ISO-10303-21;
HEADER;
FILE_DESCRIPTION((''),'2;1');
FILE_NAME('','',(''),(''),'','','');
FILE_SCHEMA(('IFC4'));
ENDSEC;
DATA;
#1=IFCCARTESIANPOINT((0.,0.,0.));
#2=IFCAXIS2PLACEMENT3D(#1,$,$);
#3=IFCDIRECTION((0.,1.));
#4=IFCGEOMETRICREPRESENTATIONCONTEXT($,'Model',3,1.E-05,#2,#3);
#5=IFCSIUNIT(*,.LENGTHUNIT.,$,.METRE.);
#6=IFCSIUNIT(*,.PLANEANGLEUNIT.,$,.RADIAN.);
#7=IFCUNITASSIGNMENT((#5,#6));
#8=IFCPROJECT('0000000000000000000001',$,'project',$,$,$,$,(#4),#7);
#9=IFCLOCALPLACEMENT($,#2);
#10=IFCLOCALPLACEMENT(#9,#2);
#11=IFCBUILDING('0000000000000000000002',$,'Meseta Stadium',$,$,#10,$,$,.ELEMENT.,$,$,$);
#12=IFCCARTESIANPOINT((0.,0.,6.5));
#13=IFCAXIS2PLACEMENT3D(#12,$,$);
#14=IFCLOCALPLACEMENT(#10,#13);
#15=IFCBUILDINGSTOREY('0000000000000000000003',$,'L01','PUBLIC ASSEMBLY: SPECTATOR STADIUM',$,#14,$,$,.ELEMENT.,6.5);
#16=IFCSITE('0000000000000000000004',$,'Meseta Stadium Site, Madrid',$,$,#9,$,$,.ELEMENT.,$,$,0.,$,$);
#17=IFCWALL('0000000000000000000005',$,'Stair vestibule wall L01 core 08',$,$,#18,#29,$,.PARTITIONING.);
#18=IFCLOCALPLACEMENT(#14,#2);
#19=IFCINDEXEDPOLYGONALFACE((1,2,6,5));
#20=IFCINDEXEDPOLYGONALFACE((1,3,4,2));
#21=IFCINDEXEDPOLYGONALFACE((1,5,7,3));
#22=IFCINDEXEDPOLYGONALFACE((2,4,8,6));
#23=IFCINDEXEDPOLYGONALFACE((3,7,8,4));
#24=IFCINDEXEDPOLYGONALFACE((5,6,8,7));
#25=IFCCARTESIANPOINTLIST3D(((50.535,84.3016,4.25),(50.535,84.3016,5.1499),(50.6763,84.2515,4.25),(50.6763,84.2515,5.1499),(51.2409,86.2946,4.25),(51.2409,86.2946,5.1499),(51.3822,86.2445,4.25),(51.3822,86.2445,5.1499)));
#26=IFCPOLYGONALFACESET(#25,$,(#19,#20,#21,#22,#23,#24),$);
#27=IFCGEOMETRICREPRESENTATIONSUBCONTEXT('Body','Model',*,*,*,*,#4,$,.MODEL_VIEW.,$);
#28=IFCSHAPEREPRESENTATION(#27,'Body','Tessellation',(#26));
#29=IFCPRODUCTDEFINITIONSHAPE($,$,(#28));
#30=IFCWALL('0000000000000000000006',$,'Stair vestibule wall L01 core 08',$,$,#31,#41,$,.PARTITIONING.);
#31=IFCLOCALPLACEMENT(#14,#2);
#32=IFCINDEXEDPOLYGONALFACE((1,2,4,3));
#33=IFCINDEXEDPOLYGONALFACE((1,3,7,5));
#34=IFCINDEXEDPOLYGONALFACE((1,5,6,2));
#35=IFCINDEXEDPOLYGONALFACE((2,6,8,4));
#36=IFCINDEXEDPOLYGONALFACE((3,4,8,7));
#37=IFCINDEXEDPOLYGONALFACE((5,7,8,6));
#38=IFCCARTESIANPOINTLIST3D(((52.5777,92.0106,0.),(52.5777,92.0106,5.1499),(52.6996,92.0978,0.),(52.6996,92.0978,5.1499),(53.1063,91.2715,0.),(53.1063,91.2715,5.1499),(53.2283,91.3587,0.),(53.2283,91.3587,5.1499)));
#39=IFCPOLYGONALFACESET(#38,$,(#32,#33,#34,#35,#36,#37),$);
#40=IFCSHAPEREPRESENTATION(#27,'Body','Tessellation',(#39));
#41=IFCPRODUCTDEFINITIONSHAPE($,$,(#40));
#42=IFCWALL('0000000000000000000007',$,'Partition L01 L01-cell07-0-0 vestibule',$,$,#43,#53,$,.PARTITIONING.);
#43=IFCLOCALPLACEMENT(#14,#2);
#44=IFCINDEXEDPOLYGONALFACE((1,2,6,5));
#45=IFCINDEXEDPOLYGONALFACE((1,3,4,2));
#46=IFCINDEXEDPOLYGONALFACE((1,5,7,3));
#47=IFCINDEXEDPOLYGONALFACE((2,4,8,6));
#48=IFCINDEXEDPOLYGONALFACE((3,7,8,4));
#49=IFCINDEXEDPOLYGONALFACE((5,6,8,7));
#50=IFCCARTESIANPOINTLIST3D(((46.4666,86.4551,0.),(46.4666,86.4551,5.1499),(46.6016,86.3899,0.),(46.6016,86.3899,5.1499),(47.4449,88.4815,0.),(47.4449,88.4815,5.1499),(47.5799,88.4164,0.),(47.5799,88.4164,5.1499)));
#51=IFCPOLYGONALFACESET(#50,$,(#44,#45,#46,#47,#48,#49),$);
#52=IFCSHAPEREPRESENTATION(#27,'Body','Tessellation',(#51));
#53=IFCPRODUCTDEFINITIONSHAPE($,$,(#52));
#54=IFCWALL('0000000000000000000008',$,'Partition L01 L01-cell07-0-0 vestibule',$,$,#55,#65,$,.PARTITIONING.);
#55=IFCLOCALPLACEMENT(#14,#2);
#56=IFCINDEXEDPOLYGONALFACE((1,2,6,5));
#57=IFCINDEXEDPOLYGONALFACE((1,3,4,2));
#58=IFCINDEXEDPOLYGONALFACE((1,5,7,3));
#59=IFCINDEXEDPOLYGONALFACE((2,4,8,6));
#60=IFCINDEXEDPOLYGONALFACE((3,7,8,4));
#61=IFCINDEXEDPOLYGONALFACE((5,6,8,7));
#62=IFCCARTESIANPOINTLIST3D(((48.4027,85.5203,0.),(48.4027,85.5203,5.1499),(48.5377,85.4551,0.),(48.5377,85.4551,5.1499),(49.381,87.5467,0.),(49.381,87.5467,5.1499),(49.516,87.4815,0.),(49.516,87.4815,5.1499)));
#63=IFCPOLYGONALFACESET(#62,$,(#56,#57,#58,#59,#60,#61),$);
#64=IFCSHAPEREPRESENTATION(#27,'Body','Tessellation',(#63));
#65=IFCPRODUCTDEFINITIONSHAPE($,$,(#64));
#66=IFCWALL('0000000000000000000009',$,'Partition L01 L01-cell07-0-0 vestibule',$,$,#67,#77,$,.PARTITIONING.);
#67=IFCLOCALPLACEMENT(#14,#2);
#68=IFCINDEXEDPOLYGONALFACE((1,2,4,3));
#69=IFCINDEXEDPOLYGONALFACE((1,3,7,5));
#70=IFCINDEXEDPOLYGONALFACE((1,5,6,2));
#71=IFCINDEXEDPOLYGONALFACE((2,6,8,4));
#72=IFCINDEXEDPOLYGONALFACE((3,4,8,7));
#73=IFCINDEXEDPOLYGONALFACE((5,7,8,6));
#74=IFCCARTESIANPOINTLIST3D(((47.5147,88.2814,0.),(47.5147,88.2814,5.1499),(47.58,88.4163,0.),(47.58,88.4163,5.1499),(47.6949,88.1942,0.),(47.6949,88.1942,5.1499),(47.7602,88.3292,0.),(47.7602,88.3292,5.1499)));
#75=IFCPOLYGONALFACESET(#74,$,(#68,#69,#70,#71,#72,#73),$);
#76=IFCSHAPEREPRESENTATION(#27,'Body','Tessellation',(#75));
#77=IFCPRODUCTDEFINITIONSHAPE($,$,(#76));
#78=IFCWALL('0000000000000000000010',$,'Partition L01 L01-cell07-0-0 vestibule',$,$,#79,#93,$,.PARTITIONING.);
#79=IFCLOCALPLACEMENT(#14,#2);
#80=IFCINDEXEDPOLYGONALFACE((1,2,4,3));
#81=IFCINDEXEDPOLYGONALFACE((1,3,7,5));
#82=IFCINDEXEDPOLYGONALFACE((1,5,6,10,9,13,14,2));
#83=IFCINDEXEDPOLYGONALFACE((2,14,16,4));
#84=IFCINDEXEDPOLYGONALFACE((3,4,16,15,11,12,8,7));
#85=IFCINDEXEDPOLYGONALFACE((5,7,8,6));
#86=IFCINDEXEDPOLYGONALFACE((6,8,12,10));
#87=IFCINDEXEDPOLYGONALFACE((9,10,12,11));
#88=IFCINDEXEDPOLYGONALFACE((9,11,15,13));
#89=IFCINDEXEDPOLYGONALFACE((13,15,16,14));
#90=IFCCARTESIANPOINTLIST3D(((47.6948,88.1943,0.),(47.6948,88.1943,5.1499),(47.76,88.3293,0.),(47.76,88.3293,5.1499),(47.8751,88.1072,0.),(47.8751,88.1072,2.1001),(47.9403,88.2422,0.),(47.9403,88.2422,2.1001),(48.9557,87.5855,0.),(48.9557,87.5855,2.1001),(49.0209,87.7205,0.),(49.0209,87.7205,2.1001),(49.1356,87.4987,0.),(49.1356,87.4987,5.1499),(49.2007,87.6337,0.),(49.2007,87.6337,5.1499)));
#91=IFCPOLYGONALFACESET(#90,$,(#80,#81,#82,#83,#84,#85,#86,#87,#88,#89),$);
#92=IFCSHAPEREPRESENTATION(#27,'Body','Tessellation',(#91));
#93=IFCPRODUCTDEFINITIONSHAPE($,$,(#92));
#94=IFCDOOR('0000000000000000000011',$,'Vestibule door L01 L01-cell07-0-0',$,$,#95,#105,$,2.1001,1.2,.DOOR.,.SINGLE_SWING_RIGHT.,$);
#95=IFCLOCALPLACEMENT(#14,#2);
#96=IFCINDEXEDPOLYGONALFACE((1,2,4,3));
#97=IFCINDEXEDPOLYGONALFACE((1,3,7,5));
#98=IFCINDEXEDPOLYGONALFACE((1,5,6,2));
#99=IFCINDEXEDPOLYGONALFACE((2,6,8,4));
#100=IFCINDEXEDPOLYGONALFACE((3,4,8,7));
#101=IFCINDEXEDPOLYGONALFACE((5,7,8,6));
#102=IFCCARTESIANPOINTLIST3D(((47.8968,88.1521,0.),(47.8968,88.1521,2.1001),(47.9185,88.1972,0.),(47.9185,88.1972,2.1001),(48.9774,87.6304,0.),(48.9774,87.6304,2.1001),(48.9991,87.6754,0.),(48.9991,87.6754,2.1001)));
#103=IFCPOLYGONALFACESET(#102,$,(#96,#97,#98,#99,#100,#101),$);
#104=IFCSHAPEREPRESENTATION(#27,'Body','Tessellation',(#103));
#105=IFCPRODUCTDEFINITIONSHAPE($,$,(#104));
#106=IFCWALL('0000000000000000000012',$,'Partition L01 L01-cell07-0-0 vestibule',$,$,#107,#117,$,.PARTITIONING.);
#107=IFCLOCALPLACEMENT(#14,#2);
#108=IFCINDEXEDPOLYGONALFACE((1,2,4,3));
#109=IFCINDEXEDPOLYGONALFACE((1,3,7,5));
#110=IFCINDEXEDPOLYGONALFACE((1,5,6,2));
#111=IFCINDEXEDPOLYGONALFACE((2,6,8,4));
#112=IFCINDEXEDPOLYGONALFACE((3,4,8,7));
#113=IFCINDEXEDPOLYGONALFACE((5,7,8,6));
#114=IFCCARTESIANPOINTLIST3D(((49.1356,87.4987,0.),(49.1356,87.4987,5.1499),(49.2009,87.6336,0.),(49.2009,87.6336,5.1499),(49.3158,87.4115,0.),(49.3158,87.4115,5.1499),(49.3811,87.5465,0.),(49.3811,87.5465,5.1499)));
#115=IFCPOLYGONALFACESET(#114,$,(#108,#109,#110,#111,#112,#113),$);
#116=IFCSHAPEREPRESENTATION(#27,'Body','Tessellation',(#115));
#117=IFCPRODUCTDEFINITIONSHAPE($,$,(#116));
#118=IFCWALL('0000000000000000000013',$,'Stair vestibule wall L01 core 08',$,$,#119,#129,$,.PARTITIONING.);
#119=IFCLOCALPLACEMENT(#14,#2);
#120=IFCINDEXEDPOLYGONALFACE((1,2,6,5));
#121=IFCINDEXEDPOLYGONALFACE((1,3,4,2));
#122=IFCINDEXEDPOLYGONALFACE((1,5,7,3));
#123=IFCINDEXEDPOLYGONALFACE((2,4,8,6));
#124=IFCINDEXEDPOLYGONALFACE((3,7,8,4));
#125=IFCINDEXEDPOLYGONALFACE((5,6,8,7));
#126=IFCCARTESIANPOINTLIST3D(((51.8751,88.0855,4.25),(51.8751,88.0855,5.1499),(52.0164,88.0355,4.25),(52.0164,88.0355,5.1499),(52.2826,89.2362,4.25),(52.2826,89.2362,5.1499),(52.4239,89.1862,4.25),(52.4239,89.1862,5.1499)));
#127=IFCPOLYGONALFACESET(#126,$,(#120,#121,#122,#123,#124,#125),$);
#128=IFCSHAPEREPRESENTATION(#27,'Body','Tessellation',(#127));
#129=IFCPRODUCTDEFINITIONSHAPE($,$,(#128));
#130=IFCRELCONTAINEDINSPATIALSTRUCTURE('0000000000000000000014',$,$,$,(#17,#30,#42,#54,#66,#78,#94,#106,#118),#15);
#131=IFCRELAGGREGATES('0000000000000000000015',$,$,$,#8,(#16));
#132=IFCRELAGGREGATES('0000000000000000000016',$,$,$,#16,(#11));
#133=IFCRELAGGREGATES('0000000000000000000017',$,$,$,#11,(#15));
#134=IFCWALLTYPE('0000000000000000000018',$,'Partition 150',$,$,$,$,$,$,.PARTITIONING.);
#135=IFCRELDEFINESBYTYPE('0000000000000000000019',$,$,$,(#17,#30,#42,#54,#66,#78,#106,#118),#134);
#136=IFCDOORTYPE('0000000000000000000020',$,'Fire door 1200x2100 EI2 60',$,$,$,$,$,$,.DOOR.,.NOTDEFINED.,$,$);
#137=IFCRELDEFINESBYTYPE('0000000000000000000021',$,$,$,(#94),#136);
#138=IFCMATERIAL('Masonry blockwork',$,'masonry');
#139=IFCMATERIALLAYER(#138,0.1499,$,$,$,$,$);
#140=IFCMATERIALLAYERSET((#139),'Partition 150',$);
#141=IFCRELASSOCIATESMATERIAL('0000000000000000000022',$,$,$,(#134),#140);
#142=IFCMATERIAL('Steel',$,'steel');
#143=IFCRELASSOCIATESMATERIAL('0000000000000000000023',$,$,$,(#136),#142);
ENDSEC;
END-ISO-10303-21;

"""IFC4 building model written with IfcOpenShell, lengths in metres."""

from ifc_helpers import new_model, si_unit, direction, frame, frame_2d, origin, place, context, subcontext, project, spatial, rectangle, extrude, material, layer, layer_set, type_object, element, fill, save


model = new_model("IFC4")

# Units and contexts
model_context = context("Model", 3, precision=1e-05, world=origin(), true_north=direction((0.0, 1.0)))
body_context = subcontext(model_context, "Body", "Model", "MODEL_VIEW")
ifc_project = project(units=[si_unit("LENGTHUNIT", "METRE"), si_unit("PLANEANGLEUNIT", "RADIAN")], contexts=[model_context])

# Site, building, storey
site_placement = place(None, origin())
site = spatial("IfcSite", under=ifc_project, at=site_placement, Name="Meseta Stadium Site, Madrid", CompositionType="ELEMENT", RefElevation=0.0)
building_placement = place(site_placement, origin())
building = spatial("IfcBuilding", under=site, at=building_placement, Name="Meseta Stadium", CompositionType="ELEMENT")
storey_placement = place(building_placement, frame((0.0, 0.0, 6.5)))
storey = spatial("IfcBuildingStorey", under=building, at=storey_placement, Name="L01", Description="PUBLIC ASSEMBLY: SPECTATOR STADIUM", CompositionType="ELEMENT", Elevation=6.5)

# Shared definitions
ifc_material_1 = material(Name="Masonry blockwork", Category="masonry")
ifc_layer_1 = layer(ifc_material_1, 0.1499)
ifc_layer_set_1 = layer_set([ifc_layer_1], Name="Partition 150")
wall_type_1 = type_object("IfcWallType", Name="Partition 150", PredefinedType="PARTITIONING", material=ifc_layer_set_1)

# Walls
wall_1_placement = place(storey_placement, frame((51.3115, 86.2695, 4.25), z_axis=(0.0, 0.0, 1.0), x_axis=(-0.333841, -0.942629, 0.0)))
element("IfcWall", 1, at=wall_1_placement, inside=storey, type_object=wall_type_1, Name="Stair vestibule wall L01 core 08", PredefinedType="PARTITIONING", context=body_context, shape_type="SweptSolid", body=[
    extrude(rectangle(XDim=2.1143, YDim=0.1499, at=frame_2d((1.0571, 0.0))), origin(), (0.0, 0.0, 1.0), 0.8999),
])
wall_2_placement = place(storey_placement, frame((52.6387, 92.0542, 0.0), z_axis=(0.0, 0.0, 1.0), x_axis=(0.581746, -0.81337, 0.0)))
element("IfcWall", 2, at=wall_2_placement, inside=storey, type_object=wall_type_1, Name="Stair vestibule wall L01 core 08", PredefinedType="PARTITIONING", context=body_context, shape_type="SweptSolid", body=[
    extrude(rectangle(XDim=0.9087, YDim=0.1499, at=frame_2d((0.4543, 0.0))), origin(), (0.0, 0.0, 1.0), 5.1499),
])
for number, where, z_axis, x_axis, name in (
    (3, (46.5342, 86.4226, 0.0), (0.0, 0.0, 1.0), (0.434758, 0.900547, 0.0), "Partition L01 L01-cell07-0-0 vestibule"),
    (4, (48.4702, 85.4878, 0.0), (0.0, 0.0, 1.0), (0.434758, 0.900547, 0.0), "Partition L01 L01-cell07-0-0 vestibule"),
):
    element("IfcWall", number, at=place(storey_placement, frame(where, z_axis=z_axis, x_axis=x_axis)), inside=storey, type_object=wall_type_1, Name=name, PredefinedType="PARTITIONING", context=body_context, shape_type="SweptSolid", body=[
        extrude(rectangle(XDim=2.2502, YDim=0.1499, at=frame_2d((1.125, 0.0))), origin(), (0.0, 0.0, 1.0), 5.1499),
    ])
wall_3_placement = place(storey_placement, frame((47.5474, 88.3489, 0.0), z_axis=(0.0, 0.0, 1.0), x_axis=(0.900206, -0.435465, 0.0)))
element("IfcWall", 5, at=wall_3_placement, inside=storey, type_object=wall_type_1, Name="Partition L01 L01-cell07-0-0 vestibule", PredefinedType="PARTITIONING", context=body_context, shape_type="SweptSolid", body=[
    extrude(rectangle(XDim=0.2002, YDim=0.1499, at=frame_2d((0.1001, 0.0))), origin(), (0.0, 0.0, 1.0), 5.1499),
])

# Wall, opening, door
wall_4_placement = place(storey_placement, frame((47.7275, 88.2617, 0.0), z_axis=(0.0, 0.0, 1.0), x_axis=(0.900537, -0.434779, 0.0)))
wall_4 = element("IfcWall", 6, at=wall_4_placement, inside=storey, type_object=wall_type_1, Name="Partition L01 L01-cell07-0-0 vestibule", PredefinedType="PARTITIONING", context=body_context, shape_type="SweptSolid", body=[
    extrude(rectangle(XDim=1.5999, YDim=0.1499, at=frame_2d((0.7998, 0.0))), origin(), (0.0, 0.0, 1.0), 5.1499),
])
opening_1_placement = place(wall_4_placement, frame((0.2, 0.0, 0.0)))
opening_1 = element("IfcOpeningElement", 7, at=opening_1_placement, cuts=wall_4, PredefinedType="OPENING", context=body_context, shape_type="SweptSolid", body=[
    extrude(rectangle(XDim=1.2, YDim=2.1001, at=frame_2d((0.6001, 1.05))), frame((0.0, 0.085, 0.0), z_axis=(0.0, -1.0, 0.0), x_axis=(1.0, 0.0, 0.0)), (0.0, 0.0, 1.0), 0.1699),
])
ifc_material_2 = material(Name="Steel", Category="steel")
door_type_1 = type_object("IfcDoorType", Name="Fire door 1200x2100 EI2 60", OperationType="NOTDEFINED", PredefinedType="DOOR", material=ifc_material_2)
door_1_placement = place(opening_1_placement, origin())
door_1 = element("IfcDoor", 8, at=door_1_placement, inside=storey, type_object=door_type_1, Name="Vestibule door L01 L01-cell07-0-0", OperationType="SINGLE_SWING_RIGHT", OverallHeight=2.1001, OverallWidth=1.2, PredefinedType="DOOR", context=body_context, shape_type="SweptSolid", body=[
    extrude(rectangle(XDim=1.2, YDim=2.1001, at=frame_2d((0.6001, 1.05))), frame((0.0, 0.0249, 0.0), z_axis=(0.0, -1.0, 0.0), x_axis=(1.0, 0.0, 0.0)), (0.0, 0.0, 1.0), 0.05),
])
fill(opening_1, door_1)

# Walls
wall_5_placement = place(storey_placement, frame((49.1682, 87.5662, 0.0), z_axis=(0.0, 0.0, 1.0), x_axis=(0.900206, -0.435465, 0.0)))
element("IfcWall", 9, at=wall_5_placement, inside=storey, type_object=wall_type_1, Name="Partition L01 L01-cell07-0-0 vestibule", PredefinedType="PARTITIONING", context=body_context, shape_type="SweptSolid", body=[
    extrude(rectangle(XDim=0.2002, YDim=0.1499, at=frame_2d((0.1001, 0.0))), origin(), (0.0, 0.0, 1.0), 5.1499),
])
wall_6_placement = place(storey_placement, frame((52.3533, 89.2112, 4.25), z_axis=(0.0, 0.0, 1.0), x_axis=(-0.333814, -0.942639, 0.0)))
element("IfcWall", 10, at=wall_6_placement, inside=storey, type_object=wall_type_1, Name="Stair vestibule wall L01 core 08", PredefinedType="PARTITIONING", context=body_context, shape_type="SweptSolid", body=[
    extrude(rectangle(XDim=1.2207, YDim=0.1499, at=frame_2d((0.6104, 0.0))), origin(), (0.0, 0.0, 1.0), 0.8999),
])

save(model, "model.ifc")
